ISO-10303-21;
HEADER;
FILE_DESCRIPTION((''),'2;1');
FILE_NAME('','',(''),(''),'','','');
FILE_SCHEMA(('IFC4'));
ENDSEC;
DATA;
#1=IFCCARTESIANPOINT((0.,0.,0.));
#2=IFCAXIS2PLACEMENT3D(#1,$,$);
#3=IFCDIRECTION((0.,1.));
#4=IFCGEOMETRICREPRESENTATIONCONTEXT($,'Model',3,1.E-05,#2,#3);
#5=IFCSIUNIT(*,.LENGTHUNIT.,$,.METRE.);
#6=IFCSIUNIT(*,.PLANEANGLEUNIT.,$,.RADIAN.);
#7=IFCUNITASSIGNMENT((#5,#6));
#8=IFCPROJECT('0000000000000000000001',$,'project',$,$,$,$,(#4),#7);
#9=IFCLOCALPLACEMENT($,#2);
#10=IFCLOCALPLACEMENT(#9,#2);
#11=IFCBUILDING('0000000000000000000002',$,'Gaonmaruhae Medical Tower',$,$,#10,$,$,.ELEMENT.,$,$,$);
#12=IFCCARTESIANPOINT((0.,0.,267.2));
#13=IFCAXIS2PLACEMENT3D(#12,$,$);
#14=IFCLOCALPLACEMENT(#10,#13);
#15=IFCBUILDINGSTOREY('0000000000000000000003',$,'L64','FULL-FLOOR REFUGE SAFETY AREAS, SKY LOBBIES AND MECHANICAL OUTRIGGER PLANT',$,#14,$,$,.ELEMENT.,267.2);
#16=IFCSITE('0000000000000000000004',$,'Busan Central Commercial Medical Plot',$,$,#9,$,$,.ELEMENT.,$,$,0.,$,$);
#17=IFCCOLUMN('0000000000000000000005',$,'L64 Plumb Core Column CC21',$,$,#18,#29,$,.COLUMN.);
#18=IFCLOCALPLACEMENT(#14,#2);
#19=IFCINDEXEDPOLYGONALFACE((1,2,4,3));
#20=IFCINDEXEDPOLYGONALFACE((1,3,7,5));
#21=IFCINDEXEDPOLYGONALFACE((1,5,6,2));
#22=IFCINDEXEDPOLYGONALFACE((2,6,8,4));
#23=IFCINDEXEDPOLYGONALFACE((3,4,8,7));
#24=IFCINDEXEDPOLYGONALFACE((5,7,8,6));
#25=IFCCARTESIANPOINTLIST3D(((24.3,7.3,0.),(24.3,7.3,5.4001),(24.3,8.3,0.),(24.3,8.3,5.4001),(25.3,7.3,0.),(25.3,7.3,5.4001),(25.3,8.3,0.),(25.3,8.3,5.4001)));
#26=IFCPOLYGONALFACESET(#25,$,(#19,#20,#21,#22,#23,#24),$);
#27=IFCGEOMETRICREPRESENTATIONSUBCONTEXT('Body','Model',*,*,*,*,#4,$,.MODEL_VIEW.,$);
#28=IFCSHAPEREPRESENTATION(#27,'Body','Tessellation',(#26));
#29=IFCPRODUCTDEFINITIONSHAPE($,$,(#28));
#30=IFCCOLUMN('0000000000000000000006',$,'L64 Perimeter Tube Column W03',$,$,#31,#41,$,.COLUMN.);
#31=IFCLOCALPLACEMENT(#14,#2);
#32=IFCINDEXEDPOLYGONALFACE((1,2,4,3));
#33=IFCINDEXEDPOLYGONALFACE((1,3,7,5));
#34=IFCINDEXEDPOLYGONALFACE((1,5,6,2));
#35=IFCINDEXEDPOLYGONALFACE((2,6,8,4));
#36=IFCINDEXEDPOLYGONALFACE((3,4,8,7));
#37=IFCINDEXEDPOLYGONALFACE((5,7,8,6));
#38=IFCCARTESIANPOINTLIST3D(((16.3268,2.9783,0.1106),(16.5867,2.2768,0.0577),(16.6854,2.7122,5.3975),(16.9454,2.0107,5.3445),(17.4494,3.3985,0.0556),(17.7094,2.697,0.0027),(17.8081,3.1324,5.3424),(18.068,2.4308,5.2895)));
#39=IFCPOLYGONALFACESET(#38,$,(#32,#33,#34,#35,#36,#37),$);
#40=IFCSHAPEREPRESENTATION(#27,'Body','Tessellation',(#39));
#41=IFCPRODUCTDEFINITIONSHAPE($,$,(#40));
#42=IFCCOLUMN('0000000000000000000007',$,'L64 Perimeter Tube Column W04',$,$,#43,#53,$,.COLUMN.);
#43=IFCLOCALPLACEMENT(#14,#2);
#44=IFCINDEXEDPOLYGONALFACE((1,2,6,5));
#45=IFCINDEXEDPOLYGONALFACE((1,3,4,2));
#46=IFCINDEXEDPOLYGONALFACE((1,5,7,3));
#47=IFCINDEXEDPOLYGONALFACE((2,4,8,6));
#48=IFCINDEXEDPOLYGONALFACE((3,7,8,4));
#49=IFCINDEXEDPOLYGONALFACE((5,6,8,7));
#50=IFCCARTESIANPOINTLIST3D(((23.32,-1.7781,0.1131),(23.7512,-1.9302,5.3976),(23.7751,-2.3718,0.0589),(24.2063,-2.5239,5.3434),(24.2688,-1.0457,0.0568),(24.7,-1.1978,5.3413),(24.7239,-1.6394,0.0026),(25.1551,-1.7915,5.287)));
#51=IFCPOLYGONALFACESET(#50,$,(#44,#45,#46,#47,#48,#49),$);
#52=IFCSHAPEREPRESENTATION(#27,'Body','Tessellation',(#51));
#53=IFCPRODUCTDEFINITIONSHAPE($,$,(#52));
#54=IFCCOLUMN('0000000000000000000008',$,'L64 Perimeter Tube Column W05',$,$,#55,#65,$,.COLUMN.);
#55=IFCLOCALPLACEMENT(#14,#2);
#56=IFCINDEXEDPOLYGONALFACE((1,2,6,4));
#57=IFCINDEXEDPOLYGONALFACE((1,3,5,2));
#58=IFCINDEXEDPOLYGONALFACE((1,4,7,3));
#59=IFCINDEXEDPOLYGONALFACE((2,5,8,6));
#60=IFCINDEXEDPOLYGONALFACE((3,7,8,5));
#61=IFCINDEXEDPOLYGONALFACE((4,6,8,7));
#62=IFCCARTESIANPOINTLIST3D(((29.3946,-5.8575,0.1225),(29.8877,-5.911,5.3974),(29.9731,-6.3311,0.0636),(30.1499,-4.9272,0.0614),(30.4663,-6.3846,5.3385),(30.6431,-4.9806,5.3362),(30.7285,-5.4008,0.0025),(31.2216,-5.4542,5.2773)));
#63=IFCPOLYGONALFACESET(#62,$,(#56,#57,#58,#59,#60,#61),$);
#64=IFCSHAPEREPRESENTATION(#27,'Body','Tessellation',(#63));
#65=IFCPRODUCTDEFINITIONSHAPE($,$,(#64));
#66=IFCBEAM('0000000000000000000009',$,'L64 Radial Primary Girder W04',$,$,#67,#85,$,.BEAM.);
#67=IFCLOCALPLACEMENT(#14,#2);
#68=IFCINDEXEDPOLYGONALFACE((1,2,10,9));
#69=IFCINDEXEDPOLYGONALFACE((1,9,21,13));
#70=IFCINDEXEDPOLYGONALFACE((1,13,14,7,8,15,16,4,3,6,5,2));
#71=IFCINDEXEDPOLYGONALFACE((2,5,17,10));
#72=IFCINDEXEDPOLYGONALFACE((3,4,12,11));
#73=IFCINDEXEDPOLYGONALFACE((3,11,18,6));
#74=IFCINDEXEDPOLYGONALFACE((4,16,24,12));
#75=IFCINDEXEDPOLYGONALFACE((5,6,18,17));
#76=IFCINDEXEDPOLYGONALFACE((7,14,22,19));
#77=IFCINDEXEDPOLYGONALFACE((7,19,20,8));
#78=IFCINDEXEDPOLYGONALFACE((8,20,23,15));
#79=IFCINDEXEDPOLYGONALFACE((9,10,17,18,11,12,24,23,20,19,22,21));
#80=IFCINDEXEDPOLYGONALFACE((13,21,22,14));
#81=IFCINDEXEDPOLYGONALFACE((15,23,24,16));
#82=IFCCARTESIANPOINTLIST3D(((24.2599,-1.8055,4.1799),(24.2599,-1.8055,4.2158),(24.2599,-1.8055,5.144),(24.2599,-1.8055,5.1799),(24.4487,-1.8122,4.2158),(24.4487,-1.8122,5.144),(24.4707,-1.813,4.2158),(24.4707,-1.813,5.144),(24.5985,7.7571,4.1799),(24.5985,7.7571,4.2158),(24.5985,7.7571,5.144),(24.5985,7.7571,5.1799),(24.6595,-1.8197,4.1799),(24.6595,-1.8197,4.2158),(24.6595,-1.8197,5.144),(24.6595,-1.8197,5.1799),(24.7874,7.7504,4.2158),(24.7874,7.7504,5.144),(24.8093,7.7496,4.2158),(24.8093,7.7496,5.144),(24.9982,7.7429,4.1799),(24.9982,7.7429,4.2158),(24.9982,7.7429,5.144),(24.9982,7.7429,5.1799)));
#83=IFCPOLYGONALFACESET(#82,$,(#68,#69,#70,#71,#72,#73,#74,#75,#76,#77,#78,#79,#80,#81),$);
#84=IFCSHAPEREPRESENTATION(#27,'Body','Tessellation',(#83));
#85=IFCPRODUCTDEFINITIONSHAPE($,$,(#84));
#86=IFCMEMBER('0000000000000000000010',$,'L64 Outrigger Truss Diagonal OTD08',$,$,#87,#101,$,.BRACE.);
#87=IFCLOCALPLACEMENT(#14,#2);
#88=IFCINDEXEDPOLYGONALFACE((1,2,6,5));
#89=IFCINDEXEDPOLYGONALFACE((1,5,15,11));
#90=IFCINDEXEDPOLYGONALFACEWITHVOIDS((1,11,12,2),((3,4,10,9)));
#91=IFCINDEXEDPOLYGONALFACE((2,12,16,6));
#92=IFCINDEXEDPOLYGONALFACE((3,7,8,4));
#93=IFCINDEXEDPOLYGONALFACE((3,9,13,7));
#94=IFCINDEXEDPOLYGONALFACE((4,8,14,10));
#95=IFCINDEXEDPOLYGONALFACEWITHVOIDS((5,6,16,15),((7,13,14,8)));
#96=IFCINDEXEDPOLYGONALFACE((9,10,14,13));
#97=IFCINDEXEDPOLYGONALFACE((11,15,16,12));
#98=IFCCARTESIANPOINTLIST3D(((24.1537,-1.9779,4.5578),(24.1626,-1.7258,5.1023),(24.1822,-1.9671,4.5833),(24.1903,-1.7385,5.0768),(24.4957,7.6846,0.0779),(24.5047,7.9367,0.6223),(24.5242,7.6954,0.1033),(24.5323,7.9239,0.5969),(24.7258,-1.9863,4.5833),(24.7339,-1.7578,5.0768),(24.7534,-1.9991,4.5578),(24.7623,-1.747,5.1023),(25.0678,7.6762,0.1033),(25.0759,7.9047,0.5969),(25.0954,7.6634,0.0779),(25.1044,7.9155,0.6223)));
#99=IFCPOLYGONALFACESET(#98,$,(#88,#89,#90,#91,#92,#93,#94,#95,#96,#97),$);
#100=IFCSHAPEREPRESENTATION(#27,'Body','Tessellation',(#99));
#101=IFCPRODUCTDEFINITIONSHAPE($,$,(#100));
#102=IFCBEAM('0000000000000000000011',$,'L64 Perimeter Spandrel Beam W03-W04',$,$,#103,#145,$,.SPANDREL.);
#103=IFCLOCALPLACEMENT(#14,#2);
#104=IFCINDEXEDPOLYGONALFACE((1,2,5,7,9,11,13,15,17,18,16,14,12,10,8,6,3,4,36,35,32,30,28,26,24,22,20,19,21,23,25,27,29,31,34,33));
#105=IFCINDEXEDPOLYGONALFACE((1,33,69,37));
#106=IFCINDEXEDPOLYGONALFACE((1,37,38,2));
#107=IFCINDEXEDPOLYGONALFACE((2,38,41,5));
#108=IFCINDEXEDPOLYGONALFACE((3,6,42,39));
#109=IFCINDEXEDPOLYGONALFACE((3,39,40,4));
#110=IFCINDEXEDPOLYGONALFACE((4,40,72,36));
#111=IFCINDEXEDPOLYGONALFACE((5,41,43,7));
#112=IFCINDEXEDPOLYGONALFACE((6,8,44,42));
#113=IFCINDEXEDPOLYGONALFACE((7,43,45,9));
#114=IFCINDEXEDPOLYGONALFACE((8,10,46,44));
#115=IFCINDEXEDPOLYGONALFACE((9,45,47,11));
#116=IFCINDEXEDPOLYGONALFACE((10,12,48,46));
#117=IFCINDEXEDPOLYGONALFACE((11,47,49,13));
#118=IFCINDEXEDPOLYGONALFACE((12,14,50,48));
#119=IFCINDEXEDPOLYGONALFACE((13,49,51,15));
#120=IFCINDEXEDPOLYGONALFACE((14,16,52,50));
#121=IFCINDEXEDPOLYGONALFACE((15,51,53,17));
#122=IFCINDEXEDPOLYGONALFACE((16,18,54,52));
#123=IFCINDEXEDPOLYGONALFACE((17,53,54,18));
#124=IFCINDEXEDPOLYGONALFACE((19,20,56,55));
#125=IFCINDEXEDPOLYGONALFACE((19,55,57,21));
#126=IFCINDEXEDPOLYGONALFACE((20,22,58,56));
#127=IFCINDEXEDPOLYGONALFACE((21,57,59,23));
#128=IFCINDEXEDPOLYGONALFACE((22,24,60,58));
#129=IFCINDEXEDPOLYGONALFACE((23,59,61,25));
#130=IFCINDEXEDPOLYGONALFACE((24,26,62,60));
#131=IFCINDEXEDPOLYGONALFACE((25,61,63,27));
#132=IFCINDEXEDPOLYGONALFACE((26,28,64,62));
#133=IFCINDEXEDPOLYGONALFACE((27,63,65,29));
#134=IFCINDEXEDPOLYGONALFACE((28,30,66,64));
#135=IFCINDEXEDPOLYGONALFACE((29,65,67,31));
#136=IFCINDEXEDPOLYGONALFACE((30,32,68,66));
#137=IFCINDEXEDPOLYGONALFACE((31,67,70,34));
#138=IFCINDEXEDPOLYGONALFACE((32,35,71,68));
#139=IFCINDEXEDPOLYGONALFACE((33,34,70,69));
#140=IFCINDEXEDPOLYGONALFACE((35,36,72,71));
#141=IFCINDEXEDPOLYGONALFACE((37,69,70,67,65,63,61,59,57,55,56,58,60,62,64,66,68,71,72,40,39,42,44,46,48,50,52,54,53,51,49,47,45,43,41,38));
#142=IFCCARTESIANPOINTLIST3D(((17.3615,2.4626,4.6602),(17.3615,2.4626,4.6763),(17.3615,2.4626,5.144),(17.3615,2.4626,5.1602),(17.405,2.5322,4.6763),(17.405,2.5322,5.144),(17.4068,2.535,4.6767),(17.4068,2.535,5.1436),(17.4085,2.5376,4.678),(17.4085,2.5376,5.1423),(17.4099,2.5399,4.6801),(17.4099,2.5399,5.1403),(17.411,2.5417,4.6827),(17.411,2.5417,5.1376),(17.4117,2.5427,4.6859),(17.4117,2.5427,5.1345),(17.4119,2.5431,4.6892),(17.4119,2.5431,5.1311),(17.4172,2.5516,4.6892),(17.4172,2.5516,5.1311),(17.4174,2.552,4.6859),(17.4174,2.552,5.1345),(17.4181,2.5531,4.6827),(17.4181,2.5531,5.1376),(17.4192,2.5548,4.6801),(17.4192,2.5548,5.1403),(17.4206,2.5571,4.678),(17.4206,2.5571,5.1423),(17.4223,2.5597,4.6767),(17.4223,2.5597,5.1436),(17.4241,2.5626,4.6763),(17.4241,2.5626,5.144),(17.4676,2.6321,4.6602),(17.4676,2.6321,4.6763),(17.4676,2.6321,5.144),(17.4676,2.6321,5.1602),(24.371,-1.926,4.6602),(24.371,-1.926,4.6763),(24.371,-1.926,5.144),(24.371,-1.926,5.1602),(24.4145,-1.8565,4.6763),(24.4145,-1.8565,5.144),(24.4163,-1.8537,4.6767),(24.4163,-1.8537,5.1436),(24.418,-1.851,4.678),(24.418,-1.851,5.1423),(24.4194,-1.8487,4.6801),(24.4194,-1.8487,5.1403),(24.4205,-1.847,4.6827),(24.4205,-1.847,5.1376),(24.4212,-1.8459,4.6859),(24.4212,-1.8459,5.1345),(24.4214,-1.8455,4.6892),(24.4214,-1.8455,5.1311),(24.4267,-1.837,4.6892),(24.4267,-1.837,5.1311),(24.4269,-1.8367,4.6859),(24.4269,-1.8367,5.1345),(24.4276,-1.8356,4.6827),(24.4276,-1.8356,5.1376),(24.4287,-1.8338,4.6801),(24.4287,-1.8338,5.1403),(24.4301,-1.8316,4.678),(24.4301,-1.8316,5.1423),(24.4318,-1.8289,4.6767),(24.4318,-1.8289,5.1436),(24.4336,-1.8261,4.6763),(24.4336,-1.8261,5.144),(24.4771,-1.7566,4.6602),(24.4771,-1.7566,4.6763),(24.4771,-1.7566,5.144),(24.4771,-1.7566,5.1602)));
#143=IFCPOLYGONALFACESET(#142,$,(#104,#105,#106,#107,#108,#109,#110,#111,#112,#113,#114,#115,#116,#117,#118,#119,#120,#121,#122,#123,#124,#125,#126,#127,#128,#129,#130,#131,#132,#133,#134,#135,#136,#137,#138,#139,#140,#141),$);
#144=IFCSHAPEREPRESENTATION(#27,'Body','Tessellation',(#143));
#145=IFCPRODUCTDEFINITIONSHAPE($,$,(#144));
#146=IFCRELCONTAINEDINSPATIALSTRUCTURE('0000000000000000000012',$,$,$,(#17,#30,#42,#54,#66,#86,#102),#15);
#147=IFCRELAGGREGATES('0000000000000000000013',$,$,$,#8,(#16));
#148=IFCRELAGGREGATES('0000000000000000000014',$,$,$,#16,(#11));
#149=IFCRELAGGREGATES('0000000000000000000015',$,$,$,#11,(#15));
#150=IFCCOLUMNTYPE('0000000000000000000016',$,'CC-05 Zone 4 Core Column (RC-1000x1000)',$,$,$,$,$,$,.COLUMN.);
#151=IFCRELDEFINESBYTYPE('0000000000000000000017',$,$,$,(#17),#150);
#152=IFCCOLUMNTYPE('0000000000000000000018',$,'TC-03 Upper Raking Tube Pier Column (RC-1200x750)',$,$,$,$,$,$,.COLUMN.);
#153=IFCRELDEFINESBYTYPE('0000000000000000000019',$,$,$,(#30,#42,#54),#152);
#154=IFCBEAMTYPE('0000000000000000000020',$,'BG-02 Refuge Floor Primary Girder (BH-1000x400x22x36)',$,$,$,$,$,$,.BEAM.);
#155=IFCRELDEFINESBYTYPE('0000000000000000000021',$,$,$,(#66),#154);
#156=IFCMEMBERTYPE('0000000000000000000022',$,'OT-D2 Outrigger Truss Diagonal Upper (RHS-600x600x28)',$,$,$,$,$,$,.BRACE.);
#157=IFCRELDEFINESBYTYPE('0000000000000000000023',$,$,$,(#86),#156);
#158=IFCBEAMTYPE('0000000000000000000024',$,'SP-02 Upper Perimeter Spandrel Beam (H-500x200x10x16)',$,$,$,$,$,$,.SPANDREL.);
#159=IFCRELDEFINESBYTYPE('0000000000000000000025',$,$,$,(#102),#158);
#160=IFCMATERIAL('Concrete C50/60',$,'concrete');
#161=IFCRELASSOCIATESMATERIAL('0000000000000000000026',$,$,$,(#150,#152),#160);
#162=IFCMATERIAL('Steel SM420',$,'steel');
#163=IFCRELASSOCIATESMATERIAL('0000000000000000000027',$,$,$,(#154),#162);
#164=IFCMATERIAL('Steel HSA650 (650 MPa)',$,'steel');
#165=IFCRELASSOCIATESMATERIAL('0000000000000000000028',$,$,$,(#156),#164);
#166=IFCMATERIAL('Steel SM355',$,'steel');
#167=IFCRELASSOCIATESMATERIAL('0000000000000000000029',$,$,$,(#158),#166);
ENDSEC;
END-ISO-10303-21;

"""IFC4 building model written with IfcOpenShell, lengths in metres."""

from ifc_helpers import new_model, si_unit, direction, frame, origin, origin_2d, place, context, subcontext, project, spatial, rectangle, hollow_rectangle, i_section, extrude, material, material_profile, profile_set, type_object, element, save


model = new_model("IFC4")

# Units and contexts
model_context = context("Model", 3, precision=1e-05, world=origin(), true_north=direction((0.0, 1.0)))
body_context = subcontext(model_context, "Body", "Model", "MODEL_VIEW")
ifc_project = project(units=[si_unit("LENGTHUNIT", "METRE"), si_unit("PLANEANGLEUNIT", "RADIAN")], contexts=[model_context])

# Site, building, storey
site_placement = place(None, origin())
site = spatial("IfcSite", under=ifc_project, at=site_placement, Name="Busan Central Commercial Medical Plot", CompositionType="ELEMENT", RefElevation=0.0)
building_placement = place(site_placement, origin())
building = spatial("IfcBuilding", under=site, at=building_placement, Name="Gaonmaruhae Medical Tower", CompositionType="ELEMENT")
storey_placement = place(building_placement, frame((0.0, 0.0, 267.2)))
storey = spatial("IfcBuildingStorey", under=building, at=storey_placement, Name="L64", Description="FULL-FLOOR REFUGE SAFETY AREAS, SKY LOBBIES AND MECHANICAL OUTRIGGER PLANT", CompositionType="ELEMENT", Elevation=267.2)

# Columns
ifc_material_1 = material(Name="Concrete C50/60", Category="concrete")
ifc_material_profile_1 = material_profile(ifc_material_1, rectangle(XDim=1.0, YDim=1.0, at=origin_2d()), Name="RC-1000x1000")
ifc_profile_set_1 = profile_set([ifc_material_profile_1], Name="Concrete C50/60")
column_type_1 = type_object("IfcColumnType", Name="CC-05 Zone 4 Core Column (RC-1000x1000)", PredefinedType="COLUMN", material=ifc_profile_set_1)
column_1_placement = place(storey_placement, frame((24.8, 7.8, 0.0), z_axis=(0.0, 0.0, 1.0), x_axis=(1.0, 0.0, 0.0)))
element("IfcColumn", 1, at=column_1_placement, inside=storey, type_object=column_type_1, Name="L64 Plumb Core Column CC21", PredefinedType="COLUMN", context=body_context, shape_type="SweptSolid", body=[
    extrude(rectangle(XDim=1.0, YDim=1.0, at=origin_2d()), origin(), (0.0, 0.0, 1.0), 5.4001),
])
ifc_material_profile_2 = material_profile(ifc_material_1, rectangle(XDim=1.2, YDim=0.75, at=origin_2d()), Name="RC-1200x750")
ifc_profile_set_2 = profile_set([ifc_material_profile_2], Name="Concrete C50/60")
column_type_2 = type_object("IfcColumnType", Name="TC-03 Upper Raking Tube Pier Column (RC-1200x750)", PredefinedType="COLUMN", material=ifc_profile_set_2)
column_2_placement = place(storey_placement, frame((17.0181, 2.8376, 0.0566), z_axis=(0.067596, -0.050156, 0.996451), x_axis=(-0.93558, -0.350125, 0.045843)))
element("IfcColumn", 2, at=column_2_placement, inside=storey, type_object=column_type_2, Name="L64 Perimeter Tube Column W03", PredefinedType="COLUMN", context=body_context, shape_type="SweptSolid", body=[
    extrude(rectangle(XDim=1.2, YDim=0.75, at=origin_2d()), origin(), (0.0, 0.0, 1.0), 5.3057),
])
column_3_placement = place(storey_placement, frame((24.022, -1.7087, 0.0579), z_axis=(0.081286, -0.028676, 0.996278), x_axis=(-0.790714, -0.610383, 0.046945)))
element("IfcColumn", 3, at=column_3_placement, inside=storey, type_object=column_type_2, Name="L64 Perimeter Tube Column W04", PredefinedType="COLUMN", context=body_context, shape_type="SweptSolid", body=[
    extrude(rectangle(XDim=1.2, YDim=0.75, at=origin_2d()), origin(), (0.0, 0.0, 1.0), 5.3042),
])
column_4_placement = place(storey_placement, frame((30.0615, -5.6292, 0.0625), z_axis=(0.093082, -0.010092, 0.995607), x_axis=(-0.629483, -0.775339, 0.050993)))
element("IfcColumn", 4, at=column_4_placement, inside=storey, type_object=column_type_2, Name="L64 Perimeter Tube Column W05", PredefinedType="COLUMN", context=body_context, shape_type="SweptSolid", body=[
    extrude(rectangle(XDim=1.2, YDim=0.75, at=origin_2d()), origin(), (0.0, 0.0, 1.0), 5.2981),
])

# Beam
ifc_material_2 = material(Name="Steel SM420", Category="steel")
ifc_material_profile_3 = material_profile(ifc_material_2, i_section(OverallWidth=0.3999, OverallDepth=1.0, WebThickness=0.022, FlangeThickness=0.0359, at=origin_2d()), Name="BH-1000x400x22x36")
ifc_profile_set_3 = profile_set([ifc_material_profile_3], Name="Steel SM420")
beam_type_1 = type_object("IfcBeamType", Name="BG-02 Refuge Floor Primary Girder (BH-1000x400x22x36)", PredefinedType="BEAM", material=ifc_profile_set_3)
beam_1_placement = place(storey_placement, frame((24.7983, 7.75, 4.6799), z_axis=(-0.035389, -0.999374, 0.0), x_axis=(0.999374, -0.035389, 0.0)))
element("IfcBeam", 5, at=beam_1_placement, inside=storey, type_object=beam_type_1, Name="L64 Radial Primary Girder W04", PredefinedType="BEAM", context=body_context, shape_type="SweptSolid", body=[
    extrude(i_section(OverallWidth=0.3999, OverallDepth=1.0, WebThickness=0.022, FlangeThickness=0.0359, at=origin_2d()), origin(), (0.0, 0.0, 1.0), 9.5686),
])

# Member
ifc_material_3 = material(Name="Steel HSA650 (650 MPa)", Category="steel")
ifc_material_profile_4 = material_profile(ifc_material_3, hollow_rectangle(XDim=0.6001, YDim=0.6001, WallThickness=0.0281, at=origin_2d()), Name="RHS-600x600x28")
ifc_profile_set_4 = profile_set([ifc_material_profile_4], Name="Steel HSA650 (650 MPa)")
member_type = type_object("IfcMemberType", Name="OT-D2 Outrigger Truss Diagonal Upper (RHS-600x600x28)", PredefinedType="BRACE", material=ifc_profile_set_4)
member_placement = place(storey_placement, frame((24.8, 7.8, 0.3501), z_axis=(-0.032098, -0.906765, 0.420414), x_axis=(0.999374, -0.035376, 0.0)))
element("IfcMember", 6, at=member_placement, inside=storey, type_object=member_type, Name="L64 Outrigger Truss Diagonal OTD08", PredefinedType="BRACE", context=body_context, shape_type="SweptSolid", body=[
    extrude(hollow_rectangle(XDim=0.6001, YDim=0.6001, WallThickness=0.0281, at=origin_2d()), origin(), (0.0, 0.0, 1.0), 10.656),
])

# Beam
ifc_material_4 = material(Name="Steel SM355", Category="steel")
ifc_material_profile_5 = material_profile(ifc_material_4, i_section(OverallWidth=0.2, OverallDepth=0.5, WebThickness=0.01, FlangeThickness=0.0161, FilletRadius=0.0129, at=origin_2d()), Name="H-500x200x10x16")
ifc_profile_set_5 = profile_set([ifc_material_profile_5], Name="Steel SM355")
beam_type_2 = type_object("IfcBeamType", Name="SP-02 Upper Perimeter Spandrel Beam (H-500x200x10x16)", PredefinedType="SPANDREL", material=ifc_profile_set_5)
beam_2_placement = place(storey_placement, frame((17.4146, 2.5474, 4.9102), z_axis=(0.847578, -0.53067, 0.0), x_axis=(0.53067, 0.847578, 0.0)))
element("IfcBeam", 7, at=beam_2_placement, inside=storey, type_object=beam_type_2, Name="L64 Perimeter Spandrel Beam W03-W04", PredefinedType="SPANDREL", context=body_context, shape_type="SweptSolid", body=[
    extrude(i_section(OverallWidth=0.2, OverallDepth=0.5, WebThickness=0.01, FlangeThickness=0.0161, FilletRadius=0.0129, at=origin_2d()), origin(), (0.0, 0.0, 1.0), 8.27),
])

save(model, "model.ifc")
